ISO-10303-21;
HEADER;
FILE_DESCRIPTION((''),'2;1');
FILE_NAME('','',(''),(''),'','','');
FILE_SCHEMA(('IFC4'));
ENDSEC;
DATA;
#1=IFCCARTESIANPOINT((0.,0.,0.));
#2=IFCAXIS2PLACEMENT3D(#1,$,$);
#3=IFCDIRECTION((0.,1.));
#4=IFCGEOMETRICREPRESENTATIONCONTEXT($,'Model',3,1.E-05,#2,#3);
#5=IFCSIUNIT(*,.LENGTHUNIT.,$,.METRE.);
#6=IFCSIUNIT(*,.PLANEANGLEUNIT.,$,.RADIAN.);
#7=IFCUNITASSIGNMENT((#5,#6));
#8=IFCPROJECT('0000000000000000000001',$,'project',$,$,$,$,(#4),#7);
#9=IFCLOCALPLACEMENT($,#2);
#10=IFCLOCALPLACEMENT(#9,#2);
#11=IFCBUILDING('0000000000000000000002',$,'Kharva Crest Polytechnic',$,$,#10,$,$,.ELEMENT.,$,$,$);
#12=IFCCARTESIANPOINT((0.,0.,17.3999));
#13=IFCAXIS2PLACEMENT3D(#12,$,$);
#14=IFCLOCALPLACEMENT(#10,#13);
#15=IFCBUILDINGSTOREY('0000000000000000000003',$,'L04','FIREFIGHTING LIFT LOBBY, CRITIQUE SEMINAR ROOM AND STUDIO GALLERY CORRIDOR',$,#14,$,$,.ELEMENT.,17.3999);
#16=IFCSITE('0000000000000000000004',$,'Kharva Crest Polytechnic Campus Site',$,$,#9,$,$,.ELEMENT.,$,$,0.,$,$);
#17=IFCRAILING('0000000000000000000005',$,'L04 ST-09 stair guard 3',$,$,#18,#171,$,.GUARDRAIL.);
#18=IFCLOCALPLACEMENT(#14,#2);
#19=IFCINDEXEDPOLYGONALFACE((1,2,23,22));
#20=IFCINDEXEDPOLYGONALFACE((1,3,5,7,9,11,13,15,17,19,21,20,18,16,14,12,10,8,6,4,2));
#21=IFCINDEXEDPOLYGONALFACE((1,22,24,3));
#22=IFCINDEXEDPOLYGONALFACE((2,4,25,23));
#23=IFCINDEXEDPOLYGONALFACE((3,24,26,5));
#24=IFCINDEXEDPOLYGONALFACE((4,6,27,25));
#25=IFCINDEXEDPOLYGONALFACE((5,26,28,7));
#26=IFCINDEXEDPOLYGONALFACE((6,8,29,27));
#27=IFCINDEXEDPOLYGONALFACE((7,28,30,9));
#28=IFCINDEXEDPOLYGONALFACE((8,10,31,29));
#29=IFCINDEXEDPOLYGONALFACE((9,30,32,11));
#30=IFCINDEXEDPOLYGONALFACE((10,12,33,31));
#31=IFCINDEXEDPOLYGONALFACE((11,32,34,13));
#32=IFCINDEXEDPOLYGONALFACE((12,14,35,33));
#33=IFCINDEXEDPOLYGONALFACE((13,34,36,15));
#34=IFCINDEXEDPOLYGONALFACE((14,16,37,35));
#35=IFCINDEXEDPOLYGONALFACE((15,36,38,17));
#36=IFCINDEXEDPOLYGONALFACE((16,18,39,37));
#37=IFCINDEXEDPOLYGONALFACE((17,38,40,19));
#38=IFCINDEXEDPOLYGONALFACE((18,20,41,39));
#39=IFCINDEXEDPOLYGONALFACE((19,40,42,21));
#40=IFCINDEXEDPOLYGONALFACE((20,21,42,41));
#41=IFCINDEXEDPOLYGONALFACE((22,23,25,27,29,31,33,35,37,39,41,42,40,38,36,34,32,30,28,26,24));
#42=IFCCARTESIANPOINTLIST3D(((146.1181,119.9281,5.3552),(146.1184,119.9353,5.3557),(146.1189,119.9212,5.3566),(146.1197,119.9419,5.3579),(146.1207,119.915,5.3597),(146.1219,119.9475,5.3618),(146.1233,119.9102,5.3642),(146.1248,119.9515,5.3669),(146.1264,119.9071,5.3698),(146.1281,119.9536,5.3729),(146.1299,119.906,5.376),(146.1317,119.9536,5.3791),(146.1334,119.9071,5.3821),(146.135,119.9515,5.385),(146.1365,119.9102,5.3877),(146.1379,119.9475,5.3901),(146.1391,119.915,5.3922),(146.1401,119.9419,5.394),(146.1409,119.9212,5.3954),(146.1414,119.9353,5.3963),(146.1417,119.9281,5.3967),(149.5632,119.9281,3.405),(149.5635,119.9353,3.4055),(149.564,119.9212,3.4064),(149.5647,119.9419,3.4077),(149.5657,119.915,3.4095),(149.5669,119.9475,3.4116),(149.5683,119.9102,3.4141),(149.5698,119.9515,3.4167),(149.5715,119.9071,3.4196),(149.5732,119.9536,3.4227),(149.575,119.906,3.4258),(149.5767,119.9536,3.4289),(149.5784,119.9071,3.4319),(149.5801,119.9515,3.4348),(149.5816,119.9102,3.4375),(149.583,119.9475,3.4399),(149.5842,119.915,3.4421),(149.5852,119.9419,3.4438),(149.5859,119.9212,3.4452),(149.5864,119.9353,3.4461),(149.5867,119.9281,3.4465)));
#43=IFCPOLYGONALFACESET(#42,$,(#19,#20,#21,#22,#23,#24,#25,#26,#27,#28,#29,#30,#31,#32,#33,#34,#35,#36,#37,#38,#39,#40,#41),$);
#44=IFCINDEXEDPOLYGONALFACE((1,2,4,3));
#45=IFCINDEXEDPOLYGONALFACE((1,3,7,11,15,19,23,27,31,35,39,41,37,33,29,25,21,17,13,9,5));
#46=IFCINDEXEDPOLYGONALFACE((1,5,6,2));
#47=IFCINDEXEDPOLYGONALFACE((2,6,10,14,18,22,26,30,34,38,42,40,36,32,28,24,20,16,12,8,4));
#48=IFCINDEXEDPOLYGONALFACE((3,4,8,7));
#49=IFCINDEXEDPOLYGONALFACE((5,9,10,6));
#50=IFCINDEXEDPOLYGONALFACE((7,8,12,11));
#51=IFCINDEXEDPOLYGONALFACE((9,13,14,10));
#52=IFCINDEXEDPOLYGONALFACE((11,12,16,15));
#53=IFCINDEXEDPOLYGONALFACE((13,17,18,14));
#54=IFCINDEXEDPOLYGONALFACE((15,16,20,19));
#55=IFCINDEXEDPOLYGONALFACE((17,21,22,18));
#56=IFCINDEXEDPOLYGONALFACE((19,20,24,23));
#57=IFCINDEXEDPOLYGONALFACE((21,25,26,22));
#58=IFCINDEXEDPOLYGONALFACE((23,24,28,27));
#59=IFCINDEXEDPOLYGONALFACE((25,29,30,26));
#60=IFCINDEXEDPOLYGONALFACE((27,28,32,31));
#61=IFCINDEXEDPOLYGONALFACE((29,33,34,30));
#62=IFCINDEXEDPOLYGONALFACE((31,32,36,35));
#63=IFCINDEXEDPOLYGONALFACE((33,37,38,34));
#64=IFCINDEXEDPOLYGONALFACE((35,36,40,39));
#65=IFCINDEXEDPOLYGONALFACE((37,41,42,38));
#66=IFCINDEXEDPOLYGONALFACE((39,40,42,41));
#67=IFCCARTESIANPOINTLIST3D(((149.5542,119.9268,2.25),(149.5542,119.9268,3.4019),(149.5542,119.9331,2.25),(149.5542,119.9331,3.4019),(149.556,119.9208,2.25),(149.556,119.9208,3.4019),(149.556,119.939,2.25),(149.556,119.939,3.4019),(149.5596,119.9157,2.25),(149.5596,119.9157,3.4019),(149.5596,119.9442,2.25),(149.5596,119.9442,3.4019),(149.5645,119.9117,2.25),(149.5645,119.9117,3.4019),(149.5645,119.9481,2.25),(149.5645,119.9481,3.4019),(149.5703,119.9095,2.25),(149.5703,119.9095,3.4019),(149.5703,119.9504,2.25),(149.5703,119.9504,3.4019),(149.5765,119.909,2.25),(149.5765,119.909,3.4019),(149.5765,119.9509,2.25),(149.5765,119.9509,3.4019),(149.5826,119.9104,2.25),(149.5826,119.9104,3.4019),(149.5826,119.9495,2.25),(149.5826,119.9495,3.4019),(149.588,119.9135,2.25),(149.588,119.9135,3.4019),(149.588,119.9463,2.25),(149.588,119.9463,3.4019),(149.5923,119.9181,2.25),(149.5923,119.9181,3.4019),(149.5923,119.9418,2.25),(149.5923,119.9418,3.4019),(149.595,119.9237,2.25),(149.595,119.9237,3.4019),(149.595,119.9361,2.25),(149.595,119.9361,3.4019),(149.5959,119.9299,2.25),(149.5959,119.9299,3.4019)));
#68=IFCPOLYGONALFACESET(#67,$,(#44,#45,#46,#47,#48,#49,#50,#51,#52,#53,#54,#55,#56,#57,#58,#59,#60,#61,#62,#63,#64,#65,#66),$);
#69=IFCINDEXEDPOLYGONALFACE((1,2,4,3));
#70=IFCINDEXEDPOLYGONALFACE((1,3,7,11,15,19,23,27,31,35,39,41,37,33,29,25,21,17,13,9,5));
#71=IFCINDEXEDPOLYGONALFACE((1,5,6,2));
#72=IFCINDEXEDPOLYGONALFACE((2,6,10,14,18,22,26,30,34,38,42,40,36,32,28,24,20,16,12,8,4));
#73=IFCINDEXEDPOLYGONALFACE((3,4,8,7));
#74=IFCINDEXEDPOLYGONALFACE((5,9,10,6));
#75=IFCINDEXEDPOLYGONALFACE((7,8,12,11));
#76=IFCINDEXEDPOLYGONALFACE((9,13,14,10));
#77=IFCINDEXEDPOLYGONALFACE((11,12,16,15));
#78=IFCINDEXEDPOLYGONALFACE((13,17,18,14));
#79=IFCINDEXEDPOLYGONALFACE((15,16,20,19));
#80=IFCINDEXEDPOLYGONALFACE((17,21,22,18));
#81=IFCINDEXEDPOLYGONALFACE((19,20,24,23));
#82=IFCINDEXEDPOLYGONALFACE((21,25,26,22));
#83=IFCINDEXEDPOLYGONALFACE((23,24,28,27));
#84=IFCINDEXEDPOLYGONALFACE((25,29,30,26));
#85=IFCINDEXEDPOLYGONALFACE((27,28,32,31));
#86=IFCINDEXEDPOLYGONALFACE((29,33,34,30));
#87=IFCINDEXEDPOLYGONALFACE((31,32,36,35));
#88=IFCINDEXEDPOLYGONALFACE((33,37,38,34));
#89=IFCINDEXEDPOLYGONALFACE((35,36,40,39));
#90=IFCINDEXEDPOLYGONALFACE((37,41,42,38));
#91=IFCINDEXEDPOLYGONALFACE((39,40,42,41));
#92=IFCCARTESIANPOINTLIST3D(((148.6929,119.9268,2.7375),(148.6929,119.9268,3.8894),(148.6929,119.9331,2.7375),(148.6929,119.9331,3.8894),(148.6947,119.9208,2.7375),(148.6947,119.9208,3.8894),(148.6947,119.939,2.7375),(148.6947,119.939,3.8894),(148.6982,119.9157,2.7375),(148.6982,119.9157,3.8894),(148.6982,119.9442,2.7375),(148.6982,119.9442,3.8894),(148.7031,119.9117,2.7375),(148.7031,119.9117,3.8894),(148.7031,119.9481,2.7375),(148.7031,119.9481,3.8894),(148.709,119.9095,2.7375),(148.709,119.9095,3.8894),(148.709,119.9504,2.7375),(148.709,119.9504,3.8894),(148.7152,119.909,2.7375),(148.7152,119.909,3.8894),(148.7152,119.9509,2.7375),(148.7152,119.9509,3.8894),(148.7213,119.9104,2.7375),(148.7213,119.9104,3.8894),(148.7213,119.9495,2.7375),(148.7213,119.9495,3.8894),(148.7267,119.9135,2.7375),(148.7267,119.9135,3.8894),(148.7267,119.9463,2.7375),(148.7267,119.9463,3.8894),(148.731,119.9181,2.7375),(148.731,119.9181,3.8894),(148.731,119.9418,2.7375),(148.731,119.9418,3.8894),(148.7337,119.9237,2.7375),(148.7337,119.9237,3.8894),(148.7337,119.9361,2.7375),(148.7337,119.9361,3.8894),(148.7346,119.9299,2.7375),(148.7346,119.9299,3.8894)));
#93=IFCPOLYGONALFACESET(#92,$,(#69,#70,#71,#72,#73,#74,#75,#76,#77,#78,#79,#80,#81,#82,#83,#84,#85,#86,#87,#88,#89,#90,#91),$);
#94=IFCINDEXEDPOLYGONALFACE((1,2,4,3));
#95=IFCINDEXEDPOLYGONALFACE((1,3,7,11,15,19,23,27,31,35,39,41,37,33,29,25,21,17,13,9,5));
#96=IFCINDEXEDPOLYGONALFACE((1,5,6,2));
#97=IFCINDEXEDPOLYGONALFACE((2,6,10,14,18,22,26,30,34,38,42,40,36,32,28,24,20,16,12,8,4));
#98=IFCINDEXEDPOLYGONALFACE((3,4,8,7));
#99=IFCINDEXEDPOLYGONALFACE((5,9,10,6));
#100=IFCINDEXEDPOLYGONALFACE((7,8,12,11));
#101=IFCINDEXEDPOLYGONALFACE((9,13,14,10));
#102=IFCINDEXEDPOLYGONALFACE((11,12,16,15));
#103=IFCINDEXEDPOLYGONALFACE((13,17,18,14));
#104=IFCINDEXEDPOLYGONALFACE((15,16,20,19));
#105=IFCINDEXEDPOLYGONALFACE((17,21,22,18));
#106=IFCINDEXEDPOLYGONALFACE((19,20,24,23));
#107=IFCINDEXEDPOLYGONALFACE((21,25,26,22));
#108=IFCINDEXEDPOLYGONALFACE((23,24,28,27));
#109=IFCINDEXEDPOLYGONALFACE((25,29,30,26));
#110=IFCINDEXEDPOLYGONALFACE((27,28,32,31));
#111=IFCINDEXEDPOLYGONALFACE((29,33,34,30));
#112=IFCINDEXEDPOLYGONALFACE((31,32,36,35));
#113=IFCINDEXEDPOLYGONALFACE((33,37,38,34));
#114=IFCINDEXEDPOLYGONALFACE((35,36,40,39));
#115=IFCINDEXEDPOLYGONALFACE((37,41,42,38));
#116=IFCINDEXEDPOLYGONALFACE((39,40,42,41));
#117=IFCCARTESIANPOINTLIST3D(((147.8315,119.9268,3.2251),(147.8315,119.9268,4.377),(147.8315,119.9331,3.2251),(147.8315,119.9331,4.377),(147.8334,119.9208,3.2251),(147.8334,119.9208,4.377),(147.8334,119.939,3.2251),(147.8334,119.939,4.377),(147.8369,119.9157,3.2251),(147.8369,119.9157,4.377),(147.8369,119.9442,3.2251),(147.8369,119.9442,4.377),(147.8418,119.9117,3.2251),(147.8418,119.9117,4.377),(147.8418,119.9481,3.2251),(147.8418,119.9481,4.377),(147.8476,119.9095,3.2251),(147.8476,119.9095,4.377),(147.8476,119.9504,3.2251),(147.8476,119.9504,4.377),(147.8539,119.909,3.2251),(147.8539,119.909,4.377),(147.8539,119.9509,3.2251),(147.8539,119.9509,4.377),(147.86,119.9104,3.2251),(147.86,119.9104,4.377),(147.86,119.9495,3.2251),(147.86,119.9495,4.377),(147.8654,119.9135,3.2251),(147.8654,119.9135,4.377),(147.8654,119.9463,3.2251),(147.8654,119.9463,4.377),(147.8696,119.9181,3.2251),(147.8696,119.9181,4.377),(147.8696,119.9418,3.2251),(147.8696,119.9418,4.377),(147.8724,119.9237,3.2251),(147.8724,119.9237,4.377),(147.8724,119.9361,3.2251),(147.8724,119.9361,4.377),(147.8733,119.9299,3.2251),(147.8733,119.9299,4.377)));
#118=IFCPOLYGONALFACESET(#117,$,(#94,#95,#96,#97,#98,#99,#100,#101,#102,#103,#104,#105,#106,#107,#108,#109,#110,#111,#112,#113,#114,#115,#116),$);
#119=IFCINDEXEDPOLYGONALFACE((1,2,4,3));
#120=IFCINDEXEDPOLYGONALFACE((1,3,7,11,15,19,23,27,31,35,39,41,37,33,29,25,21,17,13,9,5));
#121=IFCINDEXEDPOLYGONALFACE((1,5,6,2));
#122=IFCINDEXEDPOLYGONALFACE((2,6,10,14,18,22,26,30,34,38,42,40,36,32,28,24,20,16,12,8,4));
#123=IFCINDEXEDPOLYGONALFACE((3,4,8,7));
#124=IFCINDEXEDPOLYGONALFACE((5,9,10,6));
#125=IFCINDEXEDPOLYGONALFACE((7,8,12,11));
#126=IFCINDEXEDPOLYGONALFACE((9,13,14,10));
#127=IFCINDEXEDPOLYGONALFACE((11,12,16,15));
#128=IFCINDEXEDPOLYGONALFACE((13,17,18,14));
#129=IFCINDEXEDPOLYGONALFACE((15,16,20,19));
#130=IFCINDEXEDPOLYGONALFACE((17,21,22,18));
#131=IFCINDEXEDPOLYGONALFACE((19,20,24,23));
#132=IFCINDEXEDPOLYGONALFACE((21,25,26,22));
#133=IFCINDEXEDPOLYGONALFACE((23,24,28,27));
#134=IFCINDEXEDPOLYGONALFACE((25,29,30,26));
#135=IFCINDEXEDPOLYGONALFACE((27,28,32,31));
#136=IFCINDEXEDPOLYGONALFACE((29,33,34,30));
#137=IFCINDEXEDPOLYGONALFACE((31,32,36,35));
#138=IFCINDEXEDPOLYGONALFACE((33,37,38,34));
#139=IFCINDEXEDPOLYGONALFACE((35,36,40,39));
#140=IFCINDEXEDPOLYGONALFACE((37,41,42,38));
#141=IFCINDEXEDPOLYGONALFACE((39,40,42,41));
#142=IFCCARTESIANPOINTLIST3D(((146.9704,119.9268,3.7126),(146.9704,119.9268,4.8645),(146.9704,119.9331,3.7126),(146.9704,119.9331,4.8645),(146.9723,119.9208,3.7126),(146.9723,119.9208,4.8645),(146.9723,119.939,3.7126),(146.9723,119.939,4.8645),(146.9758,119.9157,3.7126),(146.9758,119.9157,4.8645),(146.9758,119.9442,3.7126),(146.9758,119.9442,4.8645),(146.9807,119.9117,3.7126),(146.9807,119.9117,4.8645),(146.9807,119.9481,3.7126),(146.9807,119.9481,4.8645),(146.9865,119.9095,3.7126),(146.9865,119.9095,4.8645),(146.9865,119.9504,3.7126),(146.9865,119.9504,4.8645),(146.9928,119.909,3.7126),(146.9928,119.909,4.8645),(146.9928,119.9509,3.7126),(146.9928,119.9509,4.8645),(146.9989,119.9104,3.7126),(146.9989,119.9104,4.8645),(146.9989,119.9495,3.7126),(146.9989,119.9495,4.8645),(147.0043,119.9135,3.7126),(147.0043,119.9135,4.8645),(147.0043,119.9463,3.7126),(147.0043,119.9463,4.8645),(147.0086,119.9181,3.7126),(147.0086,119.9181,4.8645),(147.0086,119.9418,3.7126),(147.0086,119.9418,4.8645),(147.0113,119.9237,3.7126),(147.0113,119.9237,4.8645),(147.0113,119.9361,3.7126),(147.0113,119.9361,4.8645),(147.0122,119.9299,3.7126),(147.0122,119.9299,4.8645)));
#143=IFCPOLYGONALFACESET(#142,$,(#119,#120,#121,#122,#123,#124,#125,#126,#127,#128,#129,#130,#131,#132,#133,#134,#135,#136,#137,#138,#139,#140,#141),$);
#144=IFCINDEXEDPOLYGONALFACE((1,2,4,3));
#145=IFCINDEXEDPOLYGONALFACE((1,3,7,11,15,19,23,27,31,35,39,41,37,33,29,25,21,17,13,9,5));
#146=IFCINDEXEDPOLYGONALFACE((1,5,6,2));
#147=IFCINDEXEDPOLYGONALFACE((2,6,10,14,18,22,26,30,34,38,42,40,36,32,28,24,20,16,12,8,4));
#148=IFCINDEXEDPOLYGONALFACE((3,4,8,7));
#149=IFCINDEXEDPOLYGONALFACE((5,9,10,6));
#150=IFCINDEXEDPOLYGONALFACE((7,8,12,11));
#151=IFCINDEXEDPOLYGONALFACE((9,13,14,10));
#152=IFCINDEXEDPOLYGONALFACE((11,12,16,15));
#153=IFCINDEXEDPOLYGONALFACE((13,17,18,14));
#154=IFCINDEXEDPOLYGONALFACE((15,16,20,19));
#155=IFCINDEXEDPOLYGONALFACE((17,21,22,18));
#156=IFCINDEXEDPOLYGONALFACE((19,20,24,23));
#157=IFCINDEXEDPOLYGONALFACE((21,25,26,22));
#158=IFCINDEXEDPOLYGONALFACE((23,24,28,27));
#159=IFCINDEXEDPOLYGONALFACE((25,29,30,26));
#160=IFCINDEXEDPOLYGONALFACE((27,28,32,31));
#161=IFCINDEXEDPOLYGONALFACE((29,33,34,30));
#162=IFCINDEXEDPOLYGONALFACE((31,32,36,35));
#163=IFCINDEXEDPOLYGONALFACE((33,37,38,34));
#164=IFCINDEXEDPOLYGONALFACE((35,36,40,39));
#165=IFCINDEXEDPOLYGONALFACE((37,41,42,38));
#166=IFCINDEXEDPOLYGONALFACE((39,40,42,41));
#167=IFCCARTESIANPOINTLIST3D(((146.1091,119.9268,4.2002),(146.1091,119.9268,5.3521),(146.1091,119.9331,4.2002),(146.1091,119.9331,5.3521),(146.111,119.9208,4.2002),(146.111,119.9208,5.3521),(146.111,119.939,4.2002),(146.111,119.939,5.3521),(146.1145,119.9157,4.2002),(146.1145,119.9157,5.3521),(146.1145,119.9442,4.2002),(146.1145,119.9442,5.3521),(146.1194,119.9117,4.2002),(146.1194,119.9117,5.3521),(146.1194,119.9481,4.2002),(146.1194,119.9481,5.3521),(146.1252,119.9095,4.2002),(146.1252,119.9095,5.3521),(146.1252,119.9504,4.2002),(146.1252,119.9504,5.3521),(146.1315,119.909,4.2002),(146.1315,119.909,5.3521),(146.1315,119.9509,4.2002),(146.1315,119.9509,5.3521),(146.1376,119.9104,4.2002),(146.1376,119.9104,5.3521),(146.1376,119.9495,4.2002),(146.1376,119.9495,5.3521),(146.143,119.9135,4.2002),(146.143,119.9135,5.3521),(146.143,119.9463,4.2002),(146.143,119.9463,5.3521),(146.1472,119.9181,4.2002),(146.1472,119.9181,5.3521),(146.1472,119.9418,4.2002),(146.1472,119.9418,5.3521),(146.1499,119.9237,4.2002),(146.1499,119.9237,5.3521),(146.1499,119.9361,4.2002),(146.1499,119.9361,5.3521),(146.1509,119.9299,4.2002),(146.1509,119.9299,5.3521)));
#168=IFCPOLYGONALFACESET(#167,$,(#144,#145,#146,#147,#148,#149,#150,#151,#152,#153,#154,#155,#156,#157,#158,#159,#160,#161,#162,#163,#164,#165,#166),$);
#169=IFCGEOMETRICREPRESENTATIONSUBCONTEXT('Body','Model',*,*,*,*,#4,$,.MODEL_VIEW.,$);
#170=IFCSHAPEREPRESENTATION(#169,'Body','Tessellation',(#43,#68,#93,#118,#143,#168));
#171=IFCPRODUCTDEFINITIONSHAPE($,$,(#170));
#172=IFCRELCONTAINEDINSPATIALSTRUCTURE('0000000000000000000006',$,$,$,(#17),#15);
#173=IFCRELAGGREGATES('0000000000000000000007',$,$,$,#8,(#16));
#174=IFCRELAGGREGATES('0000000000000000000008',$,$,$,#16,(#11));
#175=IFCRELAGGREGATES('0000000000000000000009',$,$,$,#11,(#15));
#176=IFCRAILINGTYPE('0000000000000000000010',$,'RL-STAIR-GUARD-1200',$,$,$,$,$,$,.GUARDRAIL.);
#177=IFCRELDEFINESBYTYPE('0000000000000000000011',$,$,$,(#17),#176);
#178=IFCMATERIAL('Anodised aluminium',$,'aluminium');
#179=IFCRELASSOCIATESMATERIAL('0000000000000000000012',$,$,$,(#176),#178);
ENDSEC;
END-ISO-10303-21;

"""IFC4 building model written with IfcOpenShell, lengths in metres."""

from ifc_helpers import new_model, si_unit, direction, frame, origin, origin_2d, place, context, subcontext, project, spatial, circle, extrude, material, type_object, element, save


model = new_model("IFC4")

# Units and contexts
model_context = context("Model", 3, precision=1e-05, world=origin(), true_north=direction((0.0, 1.0)))
body_context = subcontext(model_context, "Body", "Model", "MODEL_VIEW")
ifc_project = project(units=[si_unit("LENGTHUNIT", "METRE"), si_unit("PLANEANGLEUNIT", "RADIAN")], contexts=[model_context])

# Site, building, storey
site_placement = place(None, origin())
site = spatial("IfcSite", under=ifc_project, at=site_placement, Name="Kharva Crest Polytechnic Campus Site", CompositionType="ELEMENT", RefElevation=0.0)
building_placement = place(site_placement, origin())
building = spatial("IfcBuilding", under=site, at=building_placement, Name="Kharva Crest Polytechnic", CompositionType="ELEMENT")
storey_placement = place(building_placement, frame((0.0, 0.0, 17.3999)))
storey = spatial("IfcBuildingStorey", under=building, at=storey_placement, Name="L04", Description="FIREFIGHTING LIFT LOBBY, CRITIQUE SEMINAR ROOM AND STUDIO GALLERY CORRIDOR", CompositionType="ELEMENT", Elevation=17.3999)

# Railing
ifc_material_1 = material(Name="Anodised aluminium", Category="aluminium")
railing_type_1 = type_object("IfcRailingType", Name="RL-STAIR-GUARD-1200", PredefinedType="GUARDRAIL", material=ifc_material_1)
railing_1_placement = place(storey_placement, frame((149.575, 119.9299, 2.25)))
element("IfcRailing", 1, at=railing_1_placement, inside=storey, type_object=railing_type_1, Name="L04 ST-09 stair guard 3", PredefinedType="GUARDRAIL", context=body_context, shape_type="SweptSolid", body=[
    extrude(circle(Radius=0.0239, at=origin_2d()), frame((0.0, 0.0, 1.1758), z_axis=(-0.87024, 0.0, 0.492628), x_axis=(0.0, -1.0, 0.0)), (0.0, 0.0, 1.0), 3.9587),
    extrude(circle(Radius=0.021, at=origin_2d()), origin(), (0.0, 0.0, 1.0), 1.1519),
    extrude(circle(Radius=0.021, at=origin_2d()), frame((-0.8613, 0.0, 0.4875)), (0.0, 0.0, 1.0), 1.1519),
    extrude(circle(Radius=0.021, at=origin_2d()), frame((-1.7227, 0.0, 0.9751)), (0.0, 0.0, 1.0), 1.1519),
    extrude(circle(Radius=0.021, at=origin_2d()), frame((-2.5837, 0.0, 1.4626)), (0.0, 0.0, 1.0), 1.1519),
    extrude(circle(Radius=0.021, at=origin_2d()), frame((-3.4451, 0.0, 1.9502)), (0.0, 0.0, 1.0), 1.1519),
])

save(model, "model.ifc")
